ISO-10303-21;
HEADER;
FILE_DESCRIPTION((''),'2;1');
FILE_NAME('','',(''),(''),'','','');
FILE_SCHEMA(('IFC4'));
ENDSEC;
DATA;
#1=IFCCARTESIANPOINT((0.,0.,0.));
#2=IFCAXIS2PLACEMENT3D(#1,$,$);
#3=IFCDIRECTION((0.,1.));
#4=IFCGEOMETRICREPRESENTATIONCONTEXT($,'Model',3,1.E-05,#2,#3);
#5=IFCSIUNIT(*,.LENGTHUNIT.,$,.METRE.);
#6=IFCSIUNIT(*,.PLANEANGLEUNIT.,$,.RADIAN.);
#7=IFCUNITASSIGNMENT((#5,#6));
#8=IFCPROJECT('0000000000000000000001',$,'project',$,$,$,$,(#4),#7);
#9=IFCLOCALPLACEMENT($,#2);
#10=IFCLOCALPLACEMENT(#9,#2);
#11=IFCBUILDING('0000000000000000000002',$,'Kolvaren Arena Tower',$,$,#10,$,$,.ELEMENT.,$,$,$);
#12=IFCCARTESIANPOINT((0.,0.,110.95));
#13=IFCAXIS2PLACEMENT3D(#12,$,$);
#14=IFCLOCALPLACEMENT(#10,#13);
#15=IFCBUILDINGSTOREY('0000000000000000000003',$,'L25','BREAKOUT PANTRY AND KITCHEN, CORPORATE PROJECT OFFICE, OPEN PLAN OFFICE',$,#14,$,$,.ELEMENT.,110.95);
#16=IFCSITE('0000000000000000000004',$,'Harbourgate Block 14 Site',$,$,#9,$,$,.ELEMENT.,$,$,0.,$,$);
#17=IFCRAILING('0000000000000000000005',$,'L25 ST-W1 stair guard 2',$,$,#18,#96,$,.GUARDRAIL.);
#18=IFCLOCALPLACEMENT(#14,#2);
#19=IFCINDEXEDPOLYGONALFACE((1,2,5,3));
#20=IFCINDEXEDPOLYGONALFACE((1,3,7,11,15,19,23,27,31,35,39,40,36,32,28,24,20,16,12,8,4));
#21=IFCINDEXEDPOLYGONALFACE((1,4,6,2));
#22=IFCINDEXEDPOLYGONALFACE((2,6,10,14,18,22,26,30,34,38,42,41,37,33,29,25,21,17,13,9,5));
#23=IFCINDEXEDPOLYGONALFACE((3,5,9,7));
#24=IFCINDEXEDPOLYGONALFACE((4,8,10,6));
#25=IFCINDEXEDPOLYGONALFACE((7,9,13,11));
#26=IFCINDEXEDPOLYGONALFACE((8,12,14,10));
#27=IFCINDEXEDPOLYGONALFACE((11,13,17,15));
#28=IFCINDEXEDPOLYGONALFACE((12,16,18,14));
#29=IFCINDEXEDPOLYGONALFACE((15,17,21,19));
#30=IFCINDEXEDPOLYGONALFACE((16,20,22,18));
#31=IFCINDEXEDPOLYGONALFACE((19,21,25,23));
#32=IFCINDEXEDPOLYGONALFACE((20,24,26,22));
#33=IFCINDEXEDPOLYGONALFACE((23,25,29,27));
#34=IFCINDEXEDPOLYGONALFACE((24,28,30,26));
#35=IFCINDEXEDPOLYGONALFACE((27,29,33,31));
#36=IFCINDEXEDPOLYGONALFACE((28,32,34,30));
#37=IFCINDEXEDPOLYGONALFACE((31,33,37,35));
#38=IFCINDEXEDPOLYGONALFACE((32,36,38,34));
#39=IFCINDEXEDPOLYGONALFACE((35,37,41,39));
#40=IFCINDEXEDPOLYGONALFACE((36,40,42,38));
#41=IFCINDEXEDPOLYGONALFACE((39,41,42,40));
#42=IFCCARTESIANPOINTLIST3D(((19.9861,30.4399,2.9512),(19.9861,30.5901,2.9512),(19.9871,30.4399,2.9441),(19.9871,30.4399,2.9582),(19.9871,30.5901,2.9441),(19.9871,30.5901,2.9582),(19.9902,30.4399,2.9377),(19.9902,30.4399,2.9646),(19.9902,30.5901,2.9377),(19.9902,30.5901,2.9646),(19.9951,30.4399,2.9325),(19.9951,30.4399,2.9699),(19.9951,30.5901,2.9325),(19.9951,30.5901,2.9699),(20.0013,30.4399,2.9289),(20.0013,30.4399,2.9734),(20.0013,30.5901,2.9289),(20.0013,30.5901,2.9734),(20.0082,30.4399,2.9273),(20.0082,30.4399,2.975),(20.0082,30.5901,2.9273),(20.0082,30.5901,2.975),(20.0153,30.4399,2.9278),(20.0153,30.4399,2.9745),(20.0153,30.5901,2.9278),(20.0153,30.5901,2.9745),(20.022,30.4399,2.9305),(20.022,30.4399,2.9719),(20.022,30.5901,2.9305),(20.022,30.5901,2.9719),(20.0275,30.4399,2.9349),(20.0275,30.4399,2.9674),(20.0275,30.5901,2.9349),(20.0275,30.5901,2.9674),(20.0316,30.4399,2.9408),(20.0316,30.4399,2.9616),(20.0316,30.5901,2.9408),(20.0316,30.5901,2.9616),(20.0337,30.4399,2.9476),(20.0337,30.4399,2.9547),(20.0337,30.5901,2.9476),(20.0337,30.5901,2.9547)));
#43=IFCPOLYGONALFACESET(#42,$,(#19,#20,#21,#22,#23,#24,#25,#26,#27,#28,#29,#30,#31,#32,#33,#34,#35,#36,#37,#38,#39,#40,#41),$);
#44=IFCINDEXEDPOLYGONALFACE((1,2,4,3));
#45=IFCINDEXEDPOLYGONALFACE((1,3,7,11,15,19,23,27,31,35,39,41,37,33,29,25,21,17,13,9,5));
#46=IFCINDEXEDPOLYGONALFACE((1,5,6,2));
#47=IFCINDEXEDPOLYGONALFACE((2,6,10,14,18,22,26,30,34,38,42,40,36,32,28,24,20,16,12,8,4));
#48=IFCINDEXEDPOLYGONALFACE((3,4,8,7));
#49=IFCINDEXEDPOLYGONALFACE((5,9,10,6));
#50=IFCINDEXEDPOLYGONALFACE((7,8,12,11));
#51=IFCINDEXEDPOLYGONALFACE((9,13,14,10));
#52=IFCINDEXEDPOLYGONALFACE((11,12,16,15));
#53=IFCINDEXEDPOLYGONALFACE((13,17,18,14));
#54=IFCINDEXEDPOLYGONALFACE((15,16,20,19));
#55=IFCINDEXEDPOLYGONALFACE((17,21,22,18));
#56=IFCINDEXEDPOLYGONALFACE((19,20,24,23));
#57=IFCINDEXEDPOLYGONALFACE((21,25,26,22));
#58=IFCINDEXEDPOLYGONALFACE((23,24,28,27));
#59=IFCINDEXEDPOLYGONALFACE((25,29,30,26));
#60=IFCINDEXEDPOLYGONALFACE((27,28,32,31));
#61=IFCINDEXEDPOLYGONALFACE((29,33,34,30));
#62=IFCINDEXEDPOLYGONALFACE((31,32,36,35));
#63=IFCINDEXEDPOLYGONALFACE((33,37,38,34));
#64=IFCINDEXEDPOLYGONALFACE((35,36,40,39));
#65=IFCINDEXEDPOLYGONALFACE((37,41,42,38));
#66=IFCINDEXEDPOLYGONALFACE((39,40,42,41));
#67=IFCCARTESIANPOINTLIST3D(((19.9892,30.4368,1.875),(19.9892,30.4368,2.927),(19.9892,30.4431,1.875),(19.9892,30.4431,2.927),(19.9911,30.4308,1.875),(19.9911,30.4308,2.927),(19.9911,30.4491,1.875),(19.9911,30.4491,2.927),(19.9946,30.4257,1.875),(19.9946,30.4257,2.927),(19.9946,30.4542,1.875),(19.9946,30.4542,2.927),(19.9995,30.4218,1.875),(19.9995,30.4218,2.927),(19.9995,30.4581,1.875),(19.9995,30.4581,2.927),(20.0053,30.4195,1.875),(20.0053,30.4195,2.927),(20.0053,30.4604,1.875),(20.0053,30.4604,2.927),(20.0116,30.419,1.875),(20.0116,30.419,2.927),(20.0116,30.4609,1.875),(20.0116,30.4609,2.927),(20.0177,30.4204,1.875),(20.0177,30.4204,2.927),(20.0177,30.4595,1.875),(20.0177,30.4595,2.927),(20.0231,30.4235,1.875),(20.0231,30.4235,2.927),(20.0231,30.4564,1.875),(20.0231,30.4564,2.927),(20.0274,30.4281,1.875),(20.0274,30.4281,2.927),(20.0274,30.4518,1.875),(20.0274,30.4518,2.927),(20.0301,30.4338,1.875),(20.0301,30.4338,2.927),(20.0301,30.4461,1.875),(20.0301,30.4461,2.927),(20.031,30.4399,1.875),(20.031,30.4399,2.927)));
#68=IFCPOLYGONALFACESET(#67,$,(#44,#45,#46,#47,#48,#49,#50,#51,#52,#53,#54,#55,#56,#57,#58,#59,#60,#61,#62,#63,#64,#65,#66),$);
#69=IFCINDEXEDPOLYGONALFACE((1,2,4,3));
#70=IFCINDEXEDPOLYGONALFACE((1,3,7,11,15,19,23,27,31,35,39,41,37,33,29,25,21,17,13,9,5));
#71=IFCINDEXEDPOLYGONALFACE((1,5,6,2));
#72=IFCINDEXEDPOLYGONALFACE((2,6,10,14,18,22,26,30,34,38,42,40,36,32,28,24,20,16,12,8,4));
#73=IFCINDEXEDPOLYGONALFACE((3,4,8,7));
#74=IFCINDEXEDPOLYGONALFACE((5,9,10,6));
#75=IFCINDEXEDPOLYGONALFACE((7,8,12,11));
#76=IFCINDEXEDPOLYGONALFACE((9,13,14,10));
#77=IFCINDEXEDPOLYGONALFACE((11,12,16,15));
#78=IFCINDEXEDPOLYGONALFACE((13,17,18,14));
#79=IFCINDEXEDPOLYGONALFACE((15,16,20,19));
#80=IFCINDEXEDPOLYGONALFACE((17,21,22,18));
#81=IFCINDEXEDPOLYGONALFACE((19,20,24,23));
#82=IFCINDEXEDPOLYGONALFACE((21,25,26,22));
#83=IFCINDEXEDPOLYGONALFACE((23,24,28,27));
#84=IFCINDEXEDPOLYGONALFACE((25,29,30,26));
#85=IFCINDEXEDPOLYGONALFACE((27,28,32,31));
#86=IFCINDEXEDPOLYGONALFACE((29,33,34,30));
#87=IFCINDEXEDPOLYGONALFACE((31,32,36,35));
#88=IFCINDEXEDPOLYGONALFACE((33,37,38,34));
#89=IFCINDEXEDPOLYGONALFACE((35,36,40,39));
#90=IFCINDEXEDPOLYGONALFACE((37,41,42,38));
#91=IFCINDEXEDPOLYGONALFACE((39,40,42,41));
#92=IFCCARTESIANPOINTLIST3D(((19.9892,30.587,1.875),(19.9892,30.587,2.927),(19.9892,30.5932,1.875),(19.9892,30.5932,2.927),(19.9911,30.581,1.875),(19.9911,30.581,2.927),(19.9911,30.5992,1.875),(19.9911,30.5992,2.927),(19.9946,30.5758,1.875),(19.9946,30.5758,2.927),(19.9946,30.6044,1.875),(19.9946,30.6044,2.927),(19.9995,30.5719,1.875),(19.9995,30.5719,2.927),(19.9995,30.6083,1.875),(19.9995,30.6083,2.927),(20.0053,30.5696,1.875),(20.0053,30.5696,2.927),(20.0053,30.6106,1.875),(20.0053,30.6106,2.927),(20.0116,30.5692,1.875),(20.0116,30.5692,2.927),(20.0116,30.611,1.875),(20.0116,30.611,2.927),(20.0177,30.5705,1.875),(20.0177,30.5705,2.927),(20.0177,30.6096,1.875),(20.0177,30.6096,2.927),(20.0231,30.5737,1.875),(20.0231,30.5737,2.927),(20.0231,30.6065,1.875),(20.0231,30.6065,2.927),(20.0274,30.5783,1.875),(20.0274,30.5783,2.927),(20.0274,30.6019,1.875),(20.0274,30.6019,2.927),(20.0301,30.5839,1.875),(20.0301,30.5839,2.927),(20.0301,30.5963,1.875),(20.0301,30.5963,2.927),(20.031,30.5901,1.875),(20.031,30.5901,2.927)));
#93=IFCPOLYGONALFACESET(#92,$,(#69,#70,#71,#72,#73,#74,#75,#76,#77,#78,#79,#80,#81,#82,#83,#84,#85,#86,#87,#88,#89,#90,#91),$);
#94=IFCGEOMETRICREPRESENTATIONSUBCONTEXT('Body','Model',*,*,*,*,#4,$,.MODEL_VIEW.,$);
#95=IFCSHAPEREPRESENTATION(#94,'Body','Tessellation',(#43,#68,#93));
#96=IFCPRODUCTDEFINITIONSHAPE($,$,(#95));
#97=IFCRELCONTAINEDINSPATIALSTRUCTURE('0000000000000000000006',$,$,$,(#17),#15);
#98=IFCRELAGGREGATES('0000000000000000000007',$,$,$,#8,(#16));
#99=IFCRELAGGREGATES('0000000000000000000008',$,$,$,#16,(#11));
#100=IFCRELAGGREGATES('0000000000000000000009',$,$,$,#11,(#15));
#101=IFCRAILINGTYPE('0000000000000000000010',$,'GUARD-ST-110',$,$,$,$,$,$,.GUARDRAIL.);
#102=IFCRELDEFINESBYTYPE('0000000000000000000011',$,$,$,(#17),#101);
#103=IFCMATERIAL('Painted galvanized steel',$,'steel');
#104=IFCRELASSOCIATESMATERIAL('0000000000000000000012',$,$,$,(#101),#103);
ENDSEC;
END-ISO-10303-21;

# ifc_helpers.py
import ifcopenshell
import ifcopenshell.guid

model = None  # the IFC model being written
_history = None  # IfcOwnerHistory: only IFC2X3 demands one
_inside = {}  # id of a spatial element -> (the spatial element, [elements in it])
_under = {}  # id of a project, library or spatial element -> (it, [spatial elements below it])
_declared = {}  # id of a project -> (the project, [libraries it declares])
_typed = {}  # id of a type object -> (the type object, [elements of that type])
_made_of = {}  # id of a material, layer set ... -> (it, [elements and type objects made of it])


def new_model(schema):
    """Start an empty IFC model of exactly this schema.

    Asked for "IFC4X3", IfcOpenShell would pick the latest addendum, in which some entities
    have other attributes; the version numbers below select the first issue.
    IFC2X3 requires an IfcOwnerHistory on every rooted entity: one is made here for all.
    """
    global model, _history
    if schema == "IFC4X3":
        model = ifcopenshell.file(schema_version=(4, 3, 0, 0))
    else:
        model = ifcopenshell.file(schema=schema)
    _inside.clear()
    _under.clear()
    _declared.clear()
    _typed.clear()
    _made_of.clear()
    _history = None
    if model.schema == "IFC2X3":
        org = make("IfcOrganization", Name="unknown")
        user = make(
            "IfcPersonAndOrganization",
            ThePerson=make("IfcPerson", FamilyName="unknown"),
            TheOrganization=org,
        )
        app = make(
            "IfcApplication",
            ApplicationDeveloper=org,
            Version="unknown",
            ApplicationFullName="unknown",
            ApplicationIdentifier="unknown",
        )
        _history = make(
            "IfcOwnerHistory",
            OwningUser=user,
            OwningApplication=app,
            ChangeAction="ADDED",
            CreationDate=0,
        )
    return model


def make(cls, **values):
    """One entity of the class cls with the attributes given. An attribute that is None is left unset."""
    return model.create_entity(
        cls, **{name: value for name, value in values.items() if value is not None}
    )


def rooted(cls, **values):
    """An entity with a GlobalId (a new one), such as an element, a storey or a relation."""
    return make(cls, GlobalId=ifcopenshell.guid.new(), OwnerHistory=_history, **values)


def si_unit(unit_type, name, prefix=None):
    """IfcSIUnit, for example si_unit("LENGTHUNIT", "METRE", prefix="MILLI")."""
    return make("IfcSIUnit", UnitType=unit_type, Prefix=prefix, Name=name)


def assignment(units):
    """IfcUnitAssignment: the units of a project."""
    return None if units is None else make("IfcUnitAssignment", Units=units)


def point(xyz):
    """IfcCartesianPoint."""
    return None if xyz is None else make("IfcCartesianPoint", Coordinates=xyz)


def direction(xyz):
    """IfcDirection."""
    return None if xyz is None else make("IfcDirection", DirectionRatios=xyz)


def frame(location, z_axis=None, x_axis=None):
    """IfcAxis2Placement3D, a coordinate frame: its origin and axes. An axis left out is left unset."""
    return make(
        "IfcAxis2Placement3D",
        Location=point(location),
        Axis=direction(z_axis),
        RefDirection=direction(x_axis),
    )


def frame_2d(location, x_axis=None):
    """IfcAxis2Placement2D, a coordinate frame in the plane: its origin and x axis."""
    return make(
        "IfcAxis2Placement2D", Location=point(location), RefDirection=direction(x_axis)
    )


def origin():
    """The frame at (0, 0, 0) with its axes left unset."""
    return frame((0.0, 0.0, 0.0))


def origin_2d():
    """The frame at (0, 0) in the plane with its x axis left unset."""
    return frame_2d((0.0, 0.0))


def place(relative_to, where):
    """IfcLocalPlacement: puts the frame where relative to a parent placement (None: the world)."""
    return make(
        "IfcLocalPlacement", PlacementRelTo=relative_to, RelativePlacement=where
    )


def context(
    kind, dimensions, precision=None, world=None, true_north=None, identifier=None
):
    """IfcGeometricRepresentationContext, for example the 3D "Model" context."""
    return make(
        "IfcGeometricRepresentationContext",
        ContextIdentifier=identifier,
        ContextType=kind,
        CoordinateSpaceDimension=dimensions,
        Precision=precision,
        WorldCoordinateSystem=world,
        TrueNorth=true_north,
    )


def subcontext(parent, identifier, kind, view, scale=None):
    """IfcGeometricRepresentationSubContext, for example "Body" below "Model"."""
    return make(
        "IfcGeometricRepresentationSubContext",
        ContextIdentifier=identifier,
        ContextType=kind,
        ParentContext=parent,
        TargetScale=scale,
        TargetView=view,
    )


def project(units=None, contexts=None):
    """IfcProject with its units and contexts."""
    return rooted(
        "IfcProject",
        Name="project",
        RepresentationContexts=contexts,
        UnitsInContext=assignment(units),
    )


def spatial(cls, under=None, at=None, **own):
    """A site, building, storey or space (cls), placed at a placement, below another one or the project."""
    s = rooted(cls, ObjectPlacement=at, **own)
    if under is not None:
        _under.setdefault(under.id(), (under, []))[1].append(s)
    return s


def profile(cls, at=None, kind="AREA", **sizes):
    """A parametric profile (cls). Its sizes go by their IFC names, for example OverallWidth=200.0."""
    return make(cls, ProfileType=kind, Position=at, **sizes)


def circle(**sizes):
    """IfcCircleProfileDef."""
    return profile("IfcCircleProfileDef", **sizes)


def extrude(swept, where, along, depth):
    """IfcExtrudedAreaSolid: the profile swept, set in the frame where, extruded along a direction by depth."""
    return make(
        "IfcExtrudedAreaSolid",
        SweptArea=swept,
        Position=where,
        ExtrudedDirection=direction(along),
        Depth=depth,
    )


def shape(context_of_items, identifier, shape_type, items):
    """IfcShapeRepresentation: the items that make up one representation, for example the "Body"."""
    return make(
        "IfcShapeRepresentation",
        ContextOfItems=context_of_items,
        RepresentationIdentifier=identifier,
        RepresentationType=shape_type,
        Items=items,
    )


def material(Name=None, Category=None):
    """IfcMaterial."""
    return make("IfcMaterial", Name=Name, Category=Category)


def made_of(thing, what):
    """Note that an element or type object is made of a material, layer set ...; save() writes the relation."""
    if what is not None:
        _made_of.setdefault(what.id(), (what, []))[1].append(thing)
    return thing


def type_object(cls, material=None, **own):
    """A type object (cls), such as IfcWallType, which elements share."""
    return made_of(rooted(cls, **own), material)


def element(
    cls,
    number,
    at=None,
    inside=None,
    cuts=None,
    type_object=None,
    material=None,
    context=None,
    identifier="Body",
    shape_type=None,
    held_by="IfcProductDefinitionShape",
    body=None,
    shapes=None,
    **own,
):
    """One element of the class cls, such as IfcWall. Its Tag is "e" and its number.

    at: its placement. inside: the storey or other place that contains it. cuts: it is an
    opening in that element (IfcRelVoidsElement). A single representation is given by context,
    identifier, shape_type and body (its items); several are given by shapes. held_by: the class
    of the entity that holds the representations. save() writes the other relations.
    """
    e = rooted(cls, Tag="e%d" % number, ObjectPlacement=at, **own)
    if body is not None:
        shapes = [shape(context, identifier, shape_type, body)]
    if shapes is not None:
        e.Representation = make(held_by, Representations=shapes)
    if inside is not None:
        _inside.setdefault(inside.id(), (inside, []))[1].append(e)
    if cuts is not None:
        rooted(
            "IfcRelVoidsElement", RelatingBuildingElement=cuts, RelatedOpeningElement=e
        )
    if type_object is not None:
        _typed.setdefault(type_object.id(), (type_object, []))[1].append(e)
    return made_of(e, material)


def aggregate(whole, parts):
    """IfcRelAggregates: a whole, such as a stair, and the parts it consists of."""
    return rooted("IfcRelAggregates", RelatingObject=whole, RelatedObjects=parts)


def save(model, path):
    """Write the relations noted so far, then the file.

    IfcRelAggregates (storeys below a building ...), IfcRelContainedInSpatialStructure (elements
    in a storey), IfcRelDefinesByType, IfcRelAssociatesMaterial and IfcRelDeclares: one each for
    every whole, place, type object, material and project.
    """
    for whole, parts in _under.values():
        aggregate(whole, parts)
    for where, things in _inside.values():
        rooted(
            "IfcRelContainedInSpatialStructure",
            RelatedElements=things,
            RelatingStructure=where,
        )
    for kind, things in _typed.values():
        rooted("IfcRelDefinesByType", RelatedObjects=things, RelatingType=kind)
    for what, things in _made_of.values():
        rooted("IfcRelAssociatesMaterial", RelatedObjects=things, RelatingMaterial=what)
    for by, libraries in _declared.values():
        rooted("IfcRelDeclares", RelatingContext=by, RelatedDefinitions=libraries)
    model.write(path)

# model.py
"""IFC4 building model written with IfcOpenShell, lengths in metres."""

from ifc_helpers import new_model, si_unit, direction, frame, origin, origin_2d, place, context, subcontext, project, spatial, circle, extrude, material, type_object, element, save


model = new_model("IFC4")

# Units and contexts
model_context = context("Model", 3, precision=1e-05, world=origin(), true_north=direction((0.0, 1.0)))
body_context = subcontext(model_context, "Body", "Model", "MODEL_VIEW")
ifc_project = project(units=[si_unit("LENGTHUNIT", "METRE"), si_unit("PLANEANGLEUNIT", "RADIAN")], contexts=[model_context])

# Site, building, storey
site_placement = place(None, origin())
site = spatial("IfcSite", under=ifc_project, at=site_placement, Name="Harbourgate Block 14 Site", CompositionType="ELEMENT", RefElevation=0.0)
building_placement = place(site_placement, origin())
building = spatial("IfcBuilding", under=site, at=building_placement, Name="Kolvaren Arena Tower", CompositionType="ELEMENT")
storey_placement = place(building_placement, frame((0.0, 0.0, 110.95)))
storey = spatial("IfcBuildingStorey", under=building, at=storey_placement, Name="L25", Description="BREAKOUT PANTRY AND KITCHEN, CORPORATE PROJECT OFFICE, OPEN PLAN OFFICE", CompositionType="ELEMENT", Elevation=110.95)

# Railing
ifc_material_1 = material(Name="Painted galvanized steel", Category="steel")
railing_type_1 = type_object("IfcRailingType", Name="GUARD-ST-110", PredefinedType="GUARDRAIL", material=ifc_material_1)
railing_1_placement = place(storey_placement, frame((20.01, 30.4399, 1.875)))
element("IfcRailing", 1, at=railing_1_placement, inside=storey, type_object=railing_type_1, Name="L25 ST-W1 stair guard 2", PredefinedType="GUARDRAIL", context=body_context, shape_type="SweptSolid", body=[
    extrude(circle(Radius=0.0239, at=origin_2d()), frame((0.0, 0.0, 1.0762), z_axis=(0.0, 1.0, 0.0), x_axis=(-1.0, 0.0, 0.0)), (0.0, 0.0, 1.0), 0.1501),
    extrude(circle(Radius=0.021, at=origin_2d()), origin(), (0.0, 0.0, 1.0), 1.052),
    extrude(circle(Radius=0.021, at=origin_2d()), frame((0.0, 0.1501, 0.0)), (0.0, 0.0, 1.0), 1.052),
])

save(model, "model.ifc")
